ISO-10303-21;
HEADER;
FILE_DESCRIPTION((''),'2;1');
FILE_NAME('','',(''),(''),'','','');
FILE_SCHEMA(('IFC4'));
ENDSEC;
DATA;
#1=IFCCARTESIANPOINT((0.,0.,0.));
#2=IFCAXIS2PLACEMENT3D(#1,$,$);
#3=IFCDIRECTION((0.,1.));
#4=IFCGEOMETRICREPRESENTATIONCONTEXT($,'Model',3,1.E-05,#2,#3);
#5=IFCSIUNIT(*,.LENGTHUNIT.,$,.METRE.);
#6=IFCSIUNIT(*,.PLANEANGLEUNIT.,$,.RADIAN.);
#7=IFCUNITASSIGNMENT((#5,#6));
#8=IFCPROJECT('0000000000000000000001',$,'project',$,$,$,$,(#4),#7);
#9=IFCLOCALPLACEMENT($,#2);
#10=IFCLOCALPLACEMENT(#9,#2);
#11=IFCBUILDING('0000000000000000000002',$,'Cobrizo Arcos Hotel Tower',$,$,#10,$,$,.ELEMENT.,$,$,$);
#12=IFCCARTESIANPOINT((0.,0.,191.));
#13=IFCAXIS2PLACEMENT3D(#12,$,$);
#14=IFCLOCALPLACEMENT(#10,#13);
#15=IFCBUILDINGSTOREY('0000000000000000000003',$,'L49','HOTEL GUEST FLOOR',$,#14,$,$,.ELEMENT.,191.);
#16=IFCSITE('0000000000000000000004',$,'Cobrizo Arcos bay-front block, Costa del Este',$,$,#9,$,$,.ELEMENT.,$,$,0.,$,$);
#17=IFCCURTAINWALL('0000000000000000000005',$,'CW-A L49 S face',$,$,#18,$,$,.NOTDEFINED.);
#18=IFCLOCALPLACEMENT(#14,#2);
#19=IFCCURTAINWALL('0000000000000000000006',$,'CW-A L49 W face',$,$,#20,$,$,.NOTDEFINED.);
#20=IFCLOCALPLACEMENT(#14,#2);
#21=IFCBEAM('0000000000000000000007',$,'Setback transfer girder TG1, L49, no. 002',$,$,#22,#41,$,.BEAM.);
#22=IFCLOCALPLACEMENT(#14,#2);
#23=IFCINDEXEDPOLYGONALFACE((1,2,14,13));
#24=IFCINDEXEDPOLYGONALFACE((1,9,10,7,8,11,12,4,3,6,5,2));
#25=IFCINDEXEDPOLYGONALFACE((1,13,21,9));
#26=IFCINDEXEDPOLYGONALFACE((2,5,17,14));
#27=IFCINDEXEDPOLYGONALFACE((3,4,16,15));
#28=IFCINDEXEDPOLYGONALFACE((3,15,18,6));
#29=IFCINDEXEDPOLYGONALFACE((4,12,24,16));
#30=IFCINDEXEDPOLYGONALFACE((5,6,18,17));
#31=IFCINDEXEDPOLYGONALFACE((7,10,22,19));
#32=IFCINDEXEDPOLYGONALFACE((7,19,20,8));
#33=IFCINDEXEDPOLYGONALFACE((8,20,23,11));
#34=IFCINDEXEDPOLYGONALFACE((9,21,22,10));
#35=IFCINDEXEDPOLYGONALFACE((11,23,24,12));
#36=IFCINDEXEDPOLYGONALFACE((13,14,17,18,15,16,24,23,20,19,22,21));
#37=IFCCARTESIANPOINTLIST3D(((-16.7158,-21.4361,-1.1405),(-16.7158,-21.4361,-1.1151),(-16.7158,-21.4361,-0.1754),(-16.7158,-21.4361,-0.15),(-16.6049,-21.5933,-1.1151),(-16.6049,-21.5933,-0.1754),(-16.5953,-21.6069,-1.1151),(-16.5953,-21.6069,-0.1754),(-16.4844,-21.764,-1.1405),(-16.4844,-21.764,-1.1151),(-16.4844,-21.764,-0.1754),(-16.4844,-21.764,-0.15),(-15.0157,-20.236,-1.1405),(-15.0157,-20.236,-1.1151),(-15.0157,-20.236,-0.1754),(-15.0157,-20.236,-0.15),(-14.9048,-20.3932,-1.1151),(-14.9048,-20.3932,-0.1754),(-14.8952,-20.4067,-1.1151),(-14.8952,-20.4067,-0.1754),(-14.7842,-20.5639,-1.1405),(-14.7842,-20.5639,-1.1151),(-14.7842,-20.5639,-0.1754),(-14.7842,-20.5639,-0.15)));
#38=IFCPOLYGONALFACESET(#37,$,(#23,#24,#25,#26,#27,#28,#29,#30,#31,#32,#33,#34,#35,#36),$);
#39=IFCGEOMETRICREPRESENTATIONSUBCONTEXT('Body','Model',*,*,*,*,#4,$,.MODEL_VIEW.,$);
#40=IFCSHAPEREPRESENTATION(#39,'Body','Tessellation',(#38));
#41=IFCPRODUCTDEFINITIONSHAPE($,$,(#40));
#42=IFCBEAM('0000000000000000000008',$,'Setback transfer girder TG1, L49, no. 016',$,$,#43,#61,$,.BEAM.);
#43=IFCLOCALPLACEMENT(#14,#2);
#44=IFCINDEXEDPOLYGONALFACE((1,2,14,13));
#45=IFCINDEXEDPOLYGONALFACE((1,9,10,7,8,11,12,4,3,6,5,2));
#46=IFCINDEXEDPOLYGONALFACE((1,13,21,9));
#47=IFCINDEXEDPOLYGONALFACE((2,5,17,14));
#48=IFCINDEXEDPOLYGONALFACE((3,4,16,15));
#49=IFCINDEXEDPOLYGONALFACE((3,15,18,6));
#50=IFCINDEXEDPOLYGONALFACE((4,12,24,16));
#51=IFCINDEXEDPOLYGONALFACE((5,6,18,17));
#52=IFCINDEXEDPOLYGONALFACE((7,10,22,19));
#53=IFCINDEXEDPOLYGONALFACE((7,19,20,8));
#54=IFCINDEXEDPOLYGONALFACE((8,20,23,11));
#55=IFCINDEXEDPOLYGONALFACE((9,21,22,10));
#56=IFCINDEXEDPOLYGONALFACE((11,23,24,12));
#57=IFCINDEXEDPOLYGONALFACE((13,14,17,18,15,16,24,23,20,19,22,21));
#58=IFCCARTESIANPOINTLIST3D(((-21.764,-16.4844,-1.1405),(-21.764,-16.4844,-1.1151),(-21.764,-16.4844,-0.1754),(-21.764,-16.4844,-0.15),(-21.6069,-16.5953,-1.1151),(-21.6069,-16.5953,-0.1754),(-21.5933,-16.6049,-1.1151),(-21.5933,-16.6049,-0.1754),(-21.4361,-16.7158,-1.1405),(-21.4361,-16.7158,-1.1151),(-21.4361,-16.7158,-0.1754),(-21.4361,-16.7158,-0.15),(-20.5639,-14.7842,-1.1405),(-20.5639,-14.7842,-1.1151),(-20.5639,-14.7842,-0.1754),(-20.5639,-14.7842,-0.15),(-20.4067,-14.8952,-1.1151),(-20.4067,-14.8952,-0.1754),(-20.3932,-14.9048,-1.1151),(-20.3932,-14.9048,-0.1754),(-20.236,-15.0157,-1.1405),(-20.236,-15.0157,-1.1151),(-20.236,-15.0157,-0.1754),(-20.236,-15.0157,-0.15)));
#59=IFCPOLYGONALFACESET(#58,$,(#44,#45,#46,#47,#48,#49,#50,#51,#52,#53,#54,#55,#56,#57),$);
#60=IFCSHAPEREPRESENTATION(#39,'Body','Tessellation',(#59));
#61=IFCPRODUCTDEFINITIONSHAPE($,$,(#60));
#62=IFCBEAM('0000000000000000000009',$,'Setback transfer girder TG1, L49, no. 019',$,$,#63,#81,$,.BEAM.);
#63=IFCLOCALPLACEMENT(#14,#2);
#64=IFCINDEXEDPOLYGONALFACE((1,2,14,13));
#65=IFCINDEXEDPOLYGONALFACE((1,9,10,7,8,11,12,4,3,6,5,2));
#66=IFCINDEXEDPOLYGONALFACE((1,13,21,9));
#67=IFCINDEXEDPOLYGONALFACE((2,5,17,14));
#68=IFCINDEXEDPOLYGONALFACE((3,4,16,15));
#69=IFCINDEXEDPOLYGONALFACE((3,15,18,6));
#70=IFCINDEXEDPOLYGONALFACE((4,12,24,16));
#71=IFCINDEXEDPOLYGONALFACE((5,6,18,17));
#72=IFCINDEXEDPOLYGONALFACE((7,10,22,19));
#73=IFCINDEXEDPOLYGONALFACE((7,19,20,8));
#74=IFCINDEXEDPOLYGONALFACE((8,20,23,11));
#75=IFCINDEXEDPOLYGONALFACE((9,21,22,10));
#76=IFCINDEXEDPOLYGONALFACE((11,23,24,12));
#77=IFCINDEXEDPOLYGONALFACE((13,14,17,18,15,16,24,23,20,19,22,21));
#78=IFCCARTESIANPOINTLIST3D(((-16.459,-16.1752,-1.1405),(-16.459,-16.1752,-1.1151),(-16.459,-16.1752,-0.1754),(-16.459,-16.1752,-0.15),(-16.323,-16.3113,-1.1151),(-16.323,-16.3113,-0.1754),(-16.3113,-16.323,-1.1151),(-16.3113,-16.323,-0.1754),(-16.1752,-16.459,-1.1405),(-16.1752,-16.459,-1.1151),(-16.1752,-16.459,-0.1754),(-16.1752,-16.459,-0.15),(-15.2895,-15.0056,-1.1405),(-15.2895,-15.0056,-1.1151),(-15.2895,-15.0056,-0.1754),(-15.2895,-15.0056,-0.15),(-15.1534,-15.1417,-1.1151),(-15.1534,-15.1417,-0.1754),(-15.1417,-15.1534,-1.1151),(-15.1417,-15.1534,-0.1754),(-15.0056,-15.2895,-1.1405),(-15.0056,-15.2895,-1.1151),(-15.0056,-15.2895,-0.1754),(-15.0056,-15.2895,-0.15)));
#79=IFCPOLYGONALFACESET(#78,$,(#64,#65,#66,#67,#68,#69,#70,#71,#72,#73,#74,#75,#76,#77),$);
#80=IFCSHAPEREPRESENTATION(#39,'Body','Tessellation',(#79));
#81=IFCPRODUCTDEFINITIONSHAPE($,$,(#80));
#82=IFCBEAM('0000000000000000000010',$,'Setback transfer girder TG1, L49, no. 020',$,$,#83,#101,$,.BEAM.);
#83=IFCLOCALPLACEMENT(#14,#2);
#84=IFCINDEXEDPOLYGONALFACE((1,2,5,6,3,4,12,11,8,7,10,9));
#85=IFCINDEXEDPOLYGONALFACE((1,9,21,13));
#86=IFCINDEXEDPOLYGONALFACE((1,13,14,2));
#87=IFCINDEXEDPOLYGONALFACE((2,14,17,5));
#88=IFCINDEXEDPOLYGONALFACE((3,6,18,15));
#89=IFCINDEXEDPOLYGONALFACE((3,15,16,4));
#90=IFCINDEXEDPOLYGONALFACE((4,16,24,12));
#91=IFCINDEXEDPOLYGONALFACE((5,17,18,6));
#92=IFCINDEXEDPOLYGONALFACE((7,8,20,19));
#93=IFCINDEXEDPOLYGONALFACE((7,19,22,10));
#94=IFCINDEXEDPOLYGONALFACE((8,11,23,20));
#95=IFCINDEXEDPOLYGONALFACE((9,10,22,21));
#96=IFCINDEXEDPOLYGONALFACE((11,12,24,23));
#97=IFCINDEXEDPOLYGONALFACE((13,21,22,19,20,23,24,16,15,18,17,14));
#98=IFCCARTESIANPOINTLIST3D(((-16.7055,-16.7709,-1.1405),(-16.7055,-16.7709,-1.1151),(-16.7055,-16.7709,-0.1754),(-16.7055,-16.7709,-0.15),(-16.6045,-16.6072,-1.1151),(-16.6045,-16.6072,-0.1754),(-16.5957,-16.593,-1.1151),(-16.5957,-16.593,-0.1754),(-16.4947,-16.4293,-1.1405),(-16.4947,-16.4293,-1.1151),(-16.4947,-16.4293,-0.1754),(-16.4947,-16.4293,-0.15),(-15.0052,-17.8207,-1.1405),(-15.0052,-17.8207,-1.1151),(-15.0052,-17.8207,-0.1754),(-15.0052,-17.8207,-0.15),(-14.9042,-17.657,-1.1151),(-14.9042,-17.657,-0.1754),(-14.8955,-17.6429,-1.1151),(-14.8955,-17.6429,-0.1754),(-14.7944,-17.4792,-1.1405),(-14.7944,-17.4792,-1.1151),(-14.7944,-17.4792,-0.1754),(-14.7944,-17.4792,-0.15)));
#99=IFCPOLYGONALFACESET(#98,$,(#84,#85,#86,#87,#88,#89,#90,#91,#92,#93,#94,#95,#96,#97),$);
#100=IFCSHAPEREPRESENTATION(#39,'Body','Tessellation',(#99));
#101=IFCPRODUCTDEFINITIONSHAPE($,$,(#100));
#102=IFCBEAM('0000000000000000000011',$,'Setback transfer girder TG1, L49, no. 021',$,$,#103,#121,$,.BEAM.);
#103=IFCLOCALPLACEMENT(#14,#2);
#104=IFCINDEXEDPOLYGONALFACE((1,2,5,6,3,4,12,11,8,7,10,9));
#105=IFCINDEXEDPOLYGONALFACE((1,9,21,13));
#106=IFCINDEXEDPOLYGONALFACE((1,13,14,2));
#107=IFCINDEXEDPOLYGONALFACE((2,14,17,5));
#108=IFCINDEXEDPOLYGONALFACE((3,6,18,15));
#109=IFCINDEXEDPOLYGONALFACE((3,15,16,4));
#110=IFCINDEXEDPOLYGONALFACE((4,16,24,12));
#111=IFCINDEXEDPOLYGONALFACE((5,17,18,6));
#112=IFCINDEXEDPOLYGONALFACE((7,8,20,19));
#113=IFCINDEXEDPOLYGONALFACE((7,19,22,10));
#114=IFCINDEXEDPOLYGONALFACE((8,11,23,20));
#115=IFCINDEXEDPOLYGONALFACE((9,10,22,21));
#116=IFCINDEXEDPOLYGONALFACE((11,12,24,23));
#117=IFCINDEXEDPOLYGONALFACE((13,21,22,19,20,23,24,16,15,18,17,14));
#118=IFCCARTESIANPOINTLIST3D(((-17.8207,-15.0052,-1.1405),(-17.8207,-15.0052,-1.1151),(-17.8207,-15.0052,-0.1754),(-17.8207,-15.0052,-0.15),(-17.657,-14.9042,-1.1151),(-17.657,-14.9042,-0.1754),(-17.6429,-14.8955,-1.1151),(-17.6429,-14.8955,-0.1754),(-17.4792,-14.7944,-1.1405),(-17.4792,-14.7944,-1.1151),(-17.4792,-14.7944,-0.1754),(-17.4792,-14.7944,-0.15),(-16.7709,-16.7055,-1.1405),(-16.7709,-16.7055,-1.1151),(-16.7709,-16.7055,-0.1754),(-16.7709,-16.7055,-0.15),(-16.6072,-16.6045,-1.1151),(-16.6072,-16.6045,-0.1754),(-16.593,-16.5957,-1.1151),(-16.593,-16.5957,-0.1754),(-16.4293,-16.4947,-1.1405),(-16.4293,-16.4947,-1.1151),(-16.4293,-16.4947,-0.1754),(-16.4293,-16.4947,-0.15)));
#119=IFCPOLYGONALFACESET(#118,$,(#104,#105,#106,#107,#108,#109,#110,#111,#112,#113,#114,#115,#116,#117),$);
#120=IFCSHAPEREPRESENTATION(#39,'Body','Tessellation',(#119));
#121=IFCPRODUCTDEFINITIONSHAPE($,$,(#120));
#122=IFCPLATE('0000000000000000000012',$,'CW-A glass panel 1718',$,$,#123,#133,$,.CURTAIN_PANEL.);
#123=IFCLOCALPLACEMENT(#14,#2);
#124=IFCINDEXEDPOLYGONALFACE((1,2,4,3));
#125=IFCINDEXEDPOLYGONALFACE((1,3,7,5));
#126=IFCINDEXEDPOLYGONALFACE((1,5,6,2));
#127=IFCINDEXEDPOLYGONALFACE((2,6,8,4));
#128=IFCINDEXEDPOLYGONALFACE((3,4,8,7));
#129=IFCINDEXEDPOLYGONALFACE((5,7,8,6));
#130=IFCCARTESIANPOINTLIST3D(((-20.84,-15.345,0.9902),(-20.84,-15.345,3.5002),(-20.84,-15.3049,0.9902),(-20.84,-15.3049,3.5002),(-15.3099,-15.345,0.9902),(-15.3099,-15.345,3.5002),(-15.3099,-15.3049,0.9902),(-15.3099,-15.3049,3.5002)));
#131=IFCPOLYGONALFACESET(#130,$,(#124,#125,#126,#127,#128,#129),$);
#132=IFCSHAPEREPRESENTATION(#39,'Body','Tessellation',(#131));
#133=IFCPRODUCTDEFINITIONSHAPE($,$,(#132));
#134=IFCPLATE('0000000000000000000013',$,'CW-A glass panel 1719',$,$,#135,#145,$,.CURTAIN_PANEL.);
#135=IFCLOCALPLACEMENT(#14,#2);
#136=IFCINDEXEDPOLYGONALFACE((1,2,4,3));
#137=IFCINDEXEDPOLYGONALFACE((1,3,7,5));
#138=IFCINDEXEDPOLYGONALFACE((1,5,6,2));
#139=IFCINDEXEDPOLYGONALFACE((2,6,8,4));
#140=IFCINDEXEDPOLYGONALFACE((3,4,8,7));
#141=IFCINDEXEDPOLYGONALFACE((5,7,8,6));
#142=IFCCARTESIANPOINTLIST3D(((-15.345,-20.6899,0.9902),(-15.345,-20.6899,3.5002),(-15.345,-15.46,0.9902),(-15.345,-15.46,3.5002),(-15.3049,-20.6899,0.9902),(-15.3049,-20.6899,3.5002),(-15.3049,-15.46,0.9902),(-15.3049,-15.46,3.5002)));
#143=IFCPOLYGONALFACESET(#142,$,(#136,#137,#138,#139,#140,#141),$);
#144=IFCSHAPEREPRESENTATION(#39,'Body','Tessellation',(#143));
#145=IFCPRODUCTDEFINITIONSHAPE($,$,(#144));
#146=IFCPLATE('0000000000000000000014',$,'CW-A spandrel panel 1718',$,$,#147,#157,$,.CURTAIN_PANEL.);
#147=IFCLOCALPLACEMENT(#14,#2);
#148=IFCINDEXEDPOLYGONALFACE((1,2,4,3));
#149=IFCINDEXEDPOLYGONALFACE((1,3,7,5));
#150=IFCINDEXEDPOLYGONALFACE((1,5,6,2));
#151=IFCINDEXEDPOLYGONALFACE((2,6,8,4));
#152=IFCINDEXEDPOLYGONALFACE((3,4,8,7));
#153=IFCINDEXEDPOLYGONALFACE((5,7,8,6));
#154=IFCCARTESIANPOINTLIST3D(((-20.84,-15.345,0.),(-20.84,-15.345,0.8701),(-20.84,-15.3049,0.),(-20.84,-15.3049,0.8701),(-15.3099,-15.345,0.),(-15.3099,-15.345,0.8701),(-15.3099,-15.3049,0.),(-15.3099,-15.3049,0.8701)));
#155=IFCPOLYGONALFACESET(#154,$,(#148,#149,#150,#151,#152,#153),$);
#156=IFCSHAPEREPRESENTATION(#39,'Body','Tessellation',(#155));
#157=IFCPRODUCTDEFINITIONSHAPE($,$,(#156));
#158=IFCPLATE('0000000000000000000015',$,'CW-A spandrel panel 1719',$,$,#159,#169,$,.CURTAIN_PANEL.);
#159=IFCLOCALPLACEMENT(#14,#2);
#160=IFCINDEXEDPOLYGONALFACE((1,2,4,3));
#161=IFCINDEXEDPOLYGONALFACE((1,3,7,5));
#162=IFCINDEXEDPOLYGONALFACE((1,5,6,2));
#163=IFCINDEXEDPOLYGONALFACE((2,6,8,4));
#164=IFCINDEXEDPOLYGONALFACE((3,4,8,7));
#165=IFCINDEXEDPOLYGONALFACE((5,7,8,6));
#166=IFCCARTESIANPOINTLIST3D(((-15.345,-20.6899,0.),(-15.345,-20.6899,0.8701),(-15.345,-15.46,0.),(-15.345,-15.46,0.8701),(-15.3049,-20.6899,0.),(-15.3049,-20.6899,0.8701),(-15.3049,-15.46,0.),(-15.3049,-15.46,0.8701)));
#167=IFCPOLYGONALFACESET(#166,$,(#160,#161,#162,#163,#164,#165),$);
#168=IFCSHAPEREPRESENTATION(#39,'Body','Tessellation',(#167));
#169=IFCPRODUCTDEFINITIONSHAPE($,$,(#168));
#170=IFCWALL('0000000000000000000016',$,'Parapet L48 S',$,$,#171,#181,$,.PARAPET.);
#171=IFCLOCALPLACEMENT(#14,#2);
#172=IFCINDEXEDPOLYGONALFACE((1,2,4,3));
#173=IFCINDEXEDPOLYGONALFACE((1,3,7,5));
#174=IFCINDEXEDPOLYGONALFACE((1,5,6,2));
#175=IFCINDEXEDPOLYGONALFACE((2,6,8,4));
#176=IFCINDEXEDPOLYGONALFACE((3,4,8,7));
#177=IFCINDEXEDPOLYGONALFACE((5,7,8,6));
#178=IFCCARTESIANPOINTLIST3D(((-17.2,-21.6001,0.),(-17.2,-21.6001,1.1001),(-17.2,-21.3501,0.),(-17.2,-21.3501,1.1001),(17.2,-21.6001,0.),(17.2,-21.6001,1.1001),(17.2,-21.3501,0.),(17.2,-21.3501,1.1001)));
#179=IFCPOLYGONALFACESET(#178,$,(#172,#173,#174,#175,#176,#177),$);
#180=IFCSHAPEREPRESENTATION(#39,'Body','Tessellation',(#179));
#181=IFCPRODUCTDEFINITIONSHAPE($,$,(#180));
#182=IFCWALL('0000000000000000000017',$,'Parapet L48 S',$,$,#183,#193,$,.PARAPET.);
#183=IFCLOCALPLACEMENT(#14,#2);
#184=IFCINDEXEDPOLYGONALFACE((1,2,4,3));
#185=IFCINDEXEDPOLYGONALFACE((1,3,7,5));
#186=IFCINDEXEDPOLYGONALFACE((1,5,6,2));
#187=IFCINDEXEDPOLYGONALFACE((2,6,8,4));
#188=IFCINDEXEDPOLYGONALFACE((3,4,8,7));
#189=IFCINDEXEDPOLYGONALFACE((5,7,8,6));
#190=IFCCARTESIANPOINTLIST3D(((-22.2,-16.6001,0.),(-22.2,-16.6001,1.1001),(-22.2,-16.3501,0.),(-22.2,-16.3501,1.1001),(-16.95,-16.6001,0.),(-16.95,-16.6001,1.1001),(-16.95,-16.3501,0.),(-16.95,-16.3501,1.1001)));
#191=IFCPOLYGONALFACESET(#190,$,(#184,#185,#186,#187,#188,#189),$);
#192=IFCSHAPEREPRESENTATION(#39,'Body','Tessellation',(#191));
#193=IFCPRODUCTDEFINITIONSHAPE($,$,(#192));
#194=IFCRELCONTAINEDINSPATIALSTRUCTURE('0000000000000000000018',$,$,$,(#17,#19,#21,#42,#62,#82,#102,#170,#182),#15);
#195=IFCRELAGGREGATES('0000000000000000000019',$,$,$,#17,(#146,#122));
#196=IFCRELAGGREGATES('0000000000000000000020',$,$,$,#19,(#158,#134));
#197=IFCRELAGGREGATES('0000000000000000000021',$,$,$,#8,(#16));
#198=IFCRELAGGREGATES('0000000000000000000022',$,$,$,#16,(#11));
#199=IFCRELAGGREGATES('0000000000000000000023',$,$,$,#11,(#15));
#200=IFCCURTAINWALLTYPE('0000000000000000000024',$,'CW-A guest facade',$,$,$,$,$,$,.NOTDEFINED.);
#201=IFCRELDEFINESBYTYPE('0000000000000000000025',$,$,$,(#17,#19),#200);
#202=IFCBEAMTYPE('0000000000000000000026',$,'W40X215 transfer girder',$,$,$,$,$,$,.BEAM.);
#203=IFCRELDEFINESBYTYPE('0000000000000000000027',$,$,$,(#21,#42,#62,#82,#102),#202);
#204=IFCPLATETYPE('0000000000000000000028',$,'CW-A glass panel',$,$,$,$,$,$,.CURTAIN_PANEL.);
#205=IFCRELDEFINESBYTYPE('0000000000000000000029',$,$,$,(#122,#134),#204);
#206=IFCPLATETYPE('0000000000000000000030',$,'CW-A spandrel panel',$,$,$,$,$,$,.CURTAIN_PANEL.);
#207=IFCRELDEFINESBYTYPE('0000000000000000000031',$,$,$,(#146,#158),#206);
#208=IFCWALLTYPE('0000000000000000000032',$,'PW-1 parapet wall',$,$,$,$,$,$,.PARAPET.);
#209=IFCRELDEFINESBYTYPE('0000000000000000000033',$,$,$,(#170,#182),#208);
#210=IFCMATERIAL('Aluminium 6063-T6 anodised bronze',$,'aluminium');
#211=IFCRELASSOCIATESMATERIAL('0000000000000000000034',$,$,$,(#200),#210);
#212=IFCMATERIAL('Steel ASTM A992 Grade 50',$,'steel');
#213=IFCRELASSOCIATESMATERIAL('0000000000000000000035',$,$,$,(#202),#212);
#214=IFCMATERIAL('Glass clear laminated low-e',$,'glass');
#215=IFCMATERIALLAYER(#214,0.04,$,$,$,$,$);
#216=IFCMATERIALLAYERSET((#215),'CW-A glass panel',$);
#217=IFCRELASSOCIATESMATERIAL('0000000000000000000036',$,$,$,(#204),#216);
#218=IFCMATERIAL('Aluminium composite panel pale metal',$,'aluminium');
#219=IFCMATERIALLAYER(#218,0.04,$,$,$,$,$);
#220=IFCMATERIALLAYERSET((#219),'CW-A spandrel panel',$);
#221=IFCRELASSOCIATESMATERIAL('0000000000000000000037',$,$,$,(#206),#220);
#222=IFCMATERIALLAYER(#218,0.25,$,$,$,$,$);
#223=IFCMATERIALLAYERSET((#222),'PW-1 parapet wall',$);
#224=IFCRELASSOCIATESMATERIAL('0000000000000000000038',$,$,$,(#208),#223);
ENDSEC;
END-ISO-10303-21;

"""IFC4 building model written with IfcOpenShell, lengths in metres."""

from ifc_helpers import new_model, si_unit, direction, frame, frame_2d, origin, origin_2d, place, context, subcontext, project, spatial, rectangle, i_section, extrude, material, layer, layer_set, material_profile, profile_set, type_object, element, aggregate, save


model = new_model("IFC4")

# Units and contexts
model_context = context("Model", 3, precision=1e-05, world=origin(), true_north=direction((0.0, 1.0)))
body_context = subcontext(model_context, "Body", "Model", "MODEL_VIEW")
ifc_project = project(units=[si_unit("LENGTHUNIT", "METRE"), si_unit("PLANEANGLEUNIT", "RADIAN")], contexts=[model_context])

# Site, building, storey
site_placement = place(None, origin())
site = spatial("IfcSite", under=ifc_project, at=site_placement, Name="Cobrizo Arcos bay-front block, Costa del Este", CompositionType="ELEMENT", RefElevation=0.0)
building_placement = place(site_placement, origin())
building = spatial("IfcBuilding", under=site, at=building_placement, Name="Cobrizo Arcos Hotel Tower", CompositionType="ELEMENT")
storey_placement = place(building_placement, frame((0.0, 0.0, 191.0)))
storey = spatial("IfcBuildingStorey", under=building, at=storey_placement, Name="L49", Description="HOTEL GUEST FLOOR", CompositionType="ELEMENT", Elevation=191.0)

# Curtain wall
ifc_material_1 = material(Name="Aluminium 6063-T6 anodised bronze", Category="aluminium")
curtain_wall_type = type_object("IfcCurtainWallType", Name="CW-A guest facade", PredefinedType="NOTDEFINED", material=ifc_material_1)
curtain_wall_1_placement = place(storey_placement, origin())
curtain_wall_1 = element("IfcCurtainWall", 1, at=curtain_wall_1_placement, inside=storey, type_object=curtain_wall_type, Name="CW-A L49 S face", PredefinedType="NOTDEFINED")

# Curtain wall
curtain_wall_2_placement = place(storey_placement, origin())
curtain_wall_2 = element("IfcCurtainWall", 2, at=curtain_wall_2_placement, inside=storey, type_object=curtain_wall_type, Name="CW-A L49 W face", PredefinedType="NOTDEFINED")

# Beams
ifc_material_2 = material(Name="Steel ASTM A992 Grade 50", Category="steel")
ifc_material_profile_1 = material_profile(ifc_material_2, i_section(OverallWidth=0.4014, OverallDepth=0.9905, WebThickness=0.0166, FlangeThickness=0.0254, at=origin_2d()), Name="W40X215")
ifc_profile_set_1 = profile_set([ifc_material_profile_1], Name="Steel ASTM A992 Grade 50")
beam_type_1 = type_object("IfcBeamType", Name="W40X215 transfer girder", PredefinedType="BEAM", material=ifc_profile_set_1)
for number, where, z_axis, x_axis, name in (
    (3, (-16.6001, -21.6001, -0.6453), (0.816955, 0.576702, 0.0), (-0.576702, 0.816955, 0.0), "Setback transfer girder TG1, L49, no. 002"),
    (4, (-21.6001, -16.6001, -0.6453), (0.576702, 0.816955, 0.0), (-0.816955, 0.576702, 0.0), "Setback transfer girder TG1, L49, no. 016"),
):
    element("IfcBeam", number, at=place(storey_placement, frame(where, z_axis=z_axis, x_axis=x_axis)), inside=storey, type_object=beam_type_1, Name=name, PredefinedType="BEAM", context=body_context, shape_type="SweptSolid", body=[
        extrude(i_section(OverallWidth=0.4014, OverallDepth=0.9905, WebThickness=0.0166, FlangeThickness=0.0254, at=origin_2d()), origin(), (0.0, 0.0, 1.0), 2.0811),
    ])
beam_1_placement = place(storey_placement, frame((-16.3171, -16.3171, -0.6453), z_axis=(0.707107, 0.707107, 0.0), x_axis=(-0.707107, 0.707107, 0.0)))
element("IfcBeam", 5, at=beam_1_placement, inside=storey, type_object=beam_type_1, Name="Setback transfer girder TG1, L49, no. 019", PredefinedType="BEAM", context=body_context, shape_type="SweptSolid", body=[
    extrude(i_section(OverallWidth=0.4014, OverallDepth=0.9905, WebThickness=0.0166, FlangeThickness=0.0254, at=origin_2d()), origin(), (0.0, 0.0, 1.0), 1.6541),
])
for number, where, z_axis, x_axis, name in (
    (6, (-16.6001, -16.6001, -0.6453), (0.850869, -0.525378, 0.0), (0.525378, 0.850869, 0.0), "Setback transfer girder TG1, L49, no. 020"),
    (7, (-16.6001, -16.6001, -0.6453), (-0.525378, 0.850869, 0.0), (-0.850869, -0.525378, 0.0), "Setback transfer girder TG1, L49, no. 021"),
):
    element("IfcBeam", number, at=place(storey_placement, frame(where, z_axis=z_axis, x_axis=x_axis)), inside=storey, type_object=beam_type_1, Name=name, PredefinedType="BEAM", context=body_context, shape_type="SweptSolid", body=[
        extrude(i_section(OverallWidth=0.4014, OverallDepth=0.9905, WebThickness=0.0166, FlangeThickness=0.0254, at=origin_2d()), origin(), (0.0, 0.0, 1.0), 1.9983),
    ])

# Plates
ifc_material_3 = material(Name="Glass clear laminated low-e", Category="glass")
ifc_layer_1 = layer(ifc_material_3, 0.04)
ifc_layer_set_1 = layer_set([ifc_layer_1], Name="CW-A glass panel")
plate_type_1 = type_object("IfcPlateType", Name="CW-A glass panel", PredefinedType="CURTAIN_PANEL", material=ifc_layer_set_1)
plate_1_placement = place(storey_placement, frame((-18.075, -15.325, 0.9902), z_axis=(0.0, 0.0, 1.0), x_axis=(1.0, 0.0, 0.0)))
plate_1 = element("IfcPlate", 8, at=plate_1_placement, type_object=plate_type_1, Name="CW-A glass panel 1718", PredefinedType="CURTAIN_PANEL", context=body_context, shape_type="SweptSolid", body=[
    extrude(rectangle(XDim=5.53, YDim=0.04, at=origin_2d()), origin(), (0.0, 0.0, 1.0), 2.51),
])
plate_2_placement = place(storey_placement, frame((-15.325, -18.075, 0.9902), z_axis=(0.0, 0.0, 1.0), x_axis=(0.0, -1.0, 0.0)))
plate_2 = element("IfcPlate", 9, at=plate_2_placement, type_object=plate_type_1, Name="CW-A glass panel 1719", PredefinedType="CURTAIN_PANEL", context=body_context, shape_type="SweptSolid", body=[
    extrude(rectangle(XDim=5.23, YDim=0.04, at=origin_2d()), origin(), (0.0, 0.0, 1.0), 2.51),
])
ifc_material_4 = material(Name="Aluminium composite panel pale metal", Category="aluminium")
ifc_layer_2 = layer(ifc_material_4, 0.04)
ifc_layer_set_2 = layer_set([ifc_layer_2], Name="CW-A spandrel panel")
plate_type_2 = type_object("IfcPlateType", Name="CW-A spandrel panel", PredefinedType="CURTAIN_PANEL", material=ifc_layer_set_2)
plate_3_placement = place(storey_placement, frame((-18.075, -15.325, 0.0), z_axis=(0.0, 0.0, 1.0), x_axis=(1.0, 0.0, 0.0)))
plate_3 = element("IfcPlate", 10, at=plate_3_placement, type_object=plate_type_2, Name="CW-A spandrel panel 1718", PredefinedType="CURTAIN_PANEL", context=body_context, shape_type="SweptSolid", body=[
    extrude(rectangle(XDim=5.53, YDim=0.04, at=origin_2d()), origin(), (0.0, 0.0, 1.0), 0.8701),
])
aggregate(curtain_wall_1, [plate_3, plate_1])
plate_4_placement = place(storey_placement, frame((-15.325, -18.075, 0.0), z_axis=(0.0, 0.0, 1.0), x_axis=(0.0, -1.0, 0.0)))
plate_4 = element("IfcPlate", 11, at=plate_4_placement, type_object=plate_type_2, Name="CW-A spandrel panel 1719", PredefinedType="CURTAIN_PANEL", context=body_context, shape_type="SweptSolid", body=[
    extrude(rectangle(XDim=5.23, YDim=0.04, at=origin_2d()), origin(), (0.0, 0.0, 1.0), 0.8701),
])
aggregate(curtain_wall_2, [plate_4, plate_2])

# Walls
ifc_layer_3 = layer(ifc_material_4, 0.25)
ifc_layer_set_3 = layer_set([ifc_layer_3], Name="PW-1 parapet wall")
wall_type = type_object("IfcWallType", Name="PW-1 parapet wall", PredefinedType="PARAPET", material=ifc_layer_set_3)
wall_1_placement = place(storey_placement, frame((-17.2, -21.4751, 0.0), z_axis=(0.0, 0.0, 1.0), x_axis=(1.0, 0.0, 0.0)))
element("IfcWall", 12, at=wall_1_placement, inside=storey, type_object=wall_type, Name="Parapet L48 S", PredefinedType="PARAPET", context=body_context, shape_type="SweptSolid", body=[
    extrude(rectangle(XDim=34.3999, YDim=0.25, at=frame_2d((17.2, 0.0))), origin(), (0.0, 0.0, 1.0), 1.1001),
])
wall_2_placement = place(storey_placement, frame((-22.2, -16.4751, 0.0), z_axis=(0.0, 0.0, 1.0), x_axis=(1.0, 0.0, 0.0)))
element("IfcWall", 13, at=wall_2_placement, inside=storey, type_object=wall_type, Name="Parapet L48 S", PredefinedType="PARAPET", context=body_context, shape_type="SweptSolid", body=[
    extrude(rectangle(XDim=5.25, YDim=0.25, at=frame_2d((2.625, 0.0))), origin(), (0.0, 0.0, 1.0), 1.1001),
])

save(model, "model.ifc")
